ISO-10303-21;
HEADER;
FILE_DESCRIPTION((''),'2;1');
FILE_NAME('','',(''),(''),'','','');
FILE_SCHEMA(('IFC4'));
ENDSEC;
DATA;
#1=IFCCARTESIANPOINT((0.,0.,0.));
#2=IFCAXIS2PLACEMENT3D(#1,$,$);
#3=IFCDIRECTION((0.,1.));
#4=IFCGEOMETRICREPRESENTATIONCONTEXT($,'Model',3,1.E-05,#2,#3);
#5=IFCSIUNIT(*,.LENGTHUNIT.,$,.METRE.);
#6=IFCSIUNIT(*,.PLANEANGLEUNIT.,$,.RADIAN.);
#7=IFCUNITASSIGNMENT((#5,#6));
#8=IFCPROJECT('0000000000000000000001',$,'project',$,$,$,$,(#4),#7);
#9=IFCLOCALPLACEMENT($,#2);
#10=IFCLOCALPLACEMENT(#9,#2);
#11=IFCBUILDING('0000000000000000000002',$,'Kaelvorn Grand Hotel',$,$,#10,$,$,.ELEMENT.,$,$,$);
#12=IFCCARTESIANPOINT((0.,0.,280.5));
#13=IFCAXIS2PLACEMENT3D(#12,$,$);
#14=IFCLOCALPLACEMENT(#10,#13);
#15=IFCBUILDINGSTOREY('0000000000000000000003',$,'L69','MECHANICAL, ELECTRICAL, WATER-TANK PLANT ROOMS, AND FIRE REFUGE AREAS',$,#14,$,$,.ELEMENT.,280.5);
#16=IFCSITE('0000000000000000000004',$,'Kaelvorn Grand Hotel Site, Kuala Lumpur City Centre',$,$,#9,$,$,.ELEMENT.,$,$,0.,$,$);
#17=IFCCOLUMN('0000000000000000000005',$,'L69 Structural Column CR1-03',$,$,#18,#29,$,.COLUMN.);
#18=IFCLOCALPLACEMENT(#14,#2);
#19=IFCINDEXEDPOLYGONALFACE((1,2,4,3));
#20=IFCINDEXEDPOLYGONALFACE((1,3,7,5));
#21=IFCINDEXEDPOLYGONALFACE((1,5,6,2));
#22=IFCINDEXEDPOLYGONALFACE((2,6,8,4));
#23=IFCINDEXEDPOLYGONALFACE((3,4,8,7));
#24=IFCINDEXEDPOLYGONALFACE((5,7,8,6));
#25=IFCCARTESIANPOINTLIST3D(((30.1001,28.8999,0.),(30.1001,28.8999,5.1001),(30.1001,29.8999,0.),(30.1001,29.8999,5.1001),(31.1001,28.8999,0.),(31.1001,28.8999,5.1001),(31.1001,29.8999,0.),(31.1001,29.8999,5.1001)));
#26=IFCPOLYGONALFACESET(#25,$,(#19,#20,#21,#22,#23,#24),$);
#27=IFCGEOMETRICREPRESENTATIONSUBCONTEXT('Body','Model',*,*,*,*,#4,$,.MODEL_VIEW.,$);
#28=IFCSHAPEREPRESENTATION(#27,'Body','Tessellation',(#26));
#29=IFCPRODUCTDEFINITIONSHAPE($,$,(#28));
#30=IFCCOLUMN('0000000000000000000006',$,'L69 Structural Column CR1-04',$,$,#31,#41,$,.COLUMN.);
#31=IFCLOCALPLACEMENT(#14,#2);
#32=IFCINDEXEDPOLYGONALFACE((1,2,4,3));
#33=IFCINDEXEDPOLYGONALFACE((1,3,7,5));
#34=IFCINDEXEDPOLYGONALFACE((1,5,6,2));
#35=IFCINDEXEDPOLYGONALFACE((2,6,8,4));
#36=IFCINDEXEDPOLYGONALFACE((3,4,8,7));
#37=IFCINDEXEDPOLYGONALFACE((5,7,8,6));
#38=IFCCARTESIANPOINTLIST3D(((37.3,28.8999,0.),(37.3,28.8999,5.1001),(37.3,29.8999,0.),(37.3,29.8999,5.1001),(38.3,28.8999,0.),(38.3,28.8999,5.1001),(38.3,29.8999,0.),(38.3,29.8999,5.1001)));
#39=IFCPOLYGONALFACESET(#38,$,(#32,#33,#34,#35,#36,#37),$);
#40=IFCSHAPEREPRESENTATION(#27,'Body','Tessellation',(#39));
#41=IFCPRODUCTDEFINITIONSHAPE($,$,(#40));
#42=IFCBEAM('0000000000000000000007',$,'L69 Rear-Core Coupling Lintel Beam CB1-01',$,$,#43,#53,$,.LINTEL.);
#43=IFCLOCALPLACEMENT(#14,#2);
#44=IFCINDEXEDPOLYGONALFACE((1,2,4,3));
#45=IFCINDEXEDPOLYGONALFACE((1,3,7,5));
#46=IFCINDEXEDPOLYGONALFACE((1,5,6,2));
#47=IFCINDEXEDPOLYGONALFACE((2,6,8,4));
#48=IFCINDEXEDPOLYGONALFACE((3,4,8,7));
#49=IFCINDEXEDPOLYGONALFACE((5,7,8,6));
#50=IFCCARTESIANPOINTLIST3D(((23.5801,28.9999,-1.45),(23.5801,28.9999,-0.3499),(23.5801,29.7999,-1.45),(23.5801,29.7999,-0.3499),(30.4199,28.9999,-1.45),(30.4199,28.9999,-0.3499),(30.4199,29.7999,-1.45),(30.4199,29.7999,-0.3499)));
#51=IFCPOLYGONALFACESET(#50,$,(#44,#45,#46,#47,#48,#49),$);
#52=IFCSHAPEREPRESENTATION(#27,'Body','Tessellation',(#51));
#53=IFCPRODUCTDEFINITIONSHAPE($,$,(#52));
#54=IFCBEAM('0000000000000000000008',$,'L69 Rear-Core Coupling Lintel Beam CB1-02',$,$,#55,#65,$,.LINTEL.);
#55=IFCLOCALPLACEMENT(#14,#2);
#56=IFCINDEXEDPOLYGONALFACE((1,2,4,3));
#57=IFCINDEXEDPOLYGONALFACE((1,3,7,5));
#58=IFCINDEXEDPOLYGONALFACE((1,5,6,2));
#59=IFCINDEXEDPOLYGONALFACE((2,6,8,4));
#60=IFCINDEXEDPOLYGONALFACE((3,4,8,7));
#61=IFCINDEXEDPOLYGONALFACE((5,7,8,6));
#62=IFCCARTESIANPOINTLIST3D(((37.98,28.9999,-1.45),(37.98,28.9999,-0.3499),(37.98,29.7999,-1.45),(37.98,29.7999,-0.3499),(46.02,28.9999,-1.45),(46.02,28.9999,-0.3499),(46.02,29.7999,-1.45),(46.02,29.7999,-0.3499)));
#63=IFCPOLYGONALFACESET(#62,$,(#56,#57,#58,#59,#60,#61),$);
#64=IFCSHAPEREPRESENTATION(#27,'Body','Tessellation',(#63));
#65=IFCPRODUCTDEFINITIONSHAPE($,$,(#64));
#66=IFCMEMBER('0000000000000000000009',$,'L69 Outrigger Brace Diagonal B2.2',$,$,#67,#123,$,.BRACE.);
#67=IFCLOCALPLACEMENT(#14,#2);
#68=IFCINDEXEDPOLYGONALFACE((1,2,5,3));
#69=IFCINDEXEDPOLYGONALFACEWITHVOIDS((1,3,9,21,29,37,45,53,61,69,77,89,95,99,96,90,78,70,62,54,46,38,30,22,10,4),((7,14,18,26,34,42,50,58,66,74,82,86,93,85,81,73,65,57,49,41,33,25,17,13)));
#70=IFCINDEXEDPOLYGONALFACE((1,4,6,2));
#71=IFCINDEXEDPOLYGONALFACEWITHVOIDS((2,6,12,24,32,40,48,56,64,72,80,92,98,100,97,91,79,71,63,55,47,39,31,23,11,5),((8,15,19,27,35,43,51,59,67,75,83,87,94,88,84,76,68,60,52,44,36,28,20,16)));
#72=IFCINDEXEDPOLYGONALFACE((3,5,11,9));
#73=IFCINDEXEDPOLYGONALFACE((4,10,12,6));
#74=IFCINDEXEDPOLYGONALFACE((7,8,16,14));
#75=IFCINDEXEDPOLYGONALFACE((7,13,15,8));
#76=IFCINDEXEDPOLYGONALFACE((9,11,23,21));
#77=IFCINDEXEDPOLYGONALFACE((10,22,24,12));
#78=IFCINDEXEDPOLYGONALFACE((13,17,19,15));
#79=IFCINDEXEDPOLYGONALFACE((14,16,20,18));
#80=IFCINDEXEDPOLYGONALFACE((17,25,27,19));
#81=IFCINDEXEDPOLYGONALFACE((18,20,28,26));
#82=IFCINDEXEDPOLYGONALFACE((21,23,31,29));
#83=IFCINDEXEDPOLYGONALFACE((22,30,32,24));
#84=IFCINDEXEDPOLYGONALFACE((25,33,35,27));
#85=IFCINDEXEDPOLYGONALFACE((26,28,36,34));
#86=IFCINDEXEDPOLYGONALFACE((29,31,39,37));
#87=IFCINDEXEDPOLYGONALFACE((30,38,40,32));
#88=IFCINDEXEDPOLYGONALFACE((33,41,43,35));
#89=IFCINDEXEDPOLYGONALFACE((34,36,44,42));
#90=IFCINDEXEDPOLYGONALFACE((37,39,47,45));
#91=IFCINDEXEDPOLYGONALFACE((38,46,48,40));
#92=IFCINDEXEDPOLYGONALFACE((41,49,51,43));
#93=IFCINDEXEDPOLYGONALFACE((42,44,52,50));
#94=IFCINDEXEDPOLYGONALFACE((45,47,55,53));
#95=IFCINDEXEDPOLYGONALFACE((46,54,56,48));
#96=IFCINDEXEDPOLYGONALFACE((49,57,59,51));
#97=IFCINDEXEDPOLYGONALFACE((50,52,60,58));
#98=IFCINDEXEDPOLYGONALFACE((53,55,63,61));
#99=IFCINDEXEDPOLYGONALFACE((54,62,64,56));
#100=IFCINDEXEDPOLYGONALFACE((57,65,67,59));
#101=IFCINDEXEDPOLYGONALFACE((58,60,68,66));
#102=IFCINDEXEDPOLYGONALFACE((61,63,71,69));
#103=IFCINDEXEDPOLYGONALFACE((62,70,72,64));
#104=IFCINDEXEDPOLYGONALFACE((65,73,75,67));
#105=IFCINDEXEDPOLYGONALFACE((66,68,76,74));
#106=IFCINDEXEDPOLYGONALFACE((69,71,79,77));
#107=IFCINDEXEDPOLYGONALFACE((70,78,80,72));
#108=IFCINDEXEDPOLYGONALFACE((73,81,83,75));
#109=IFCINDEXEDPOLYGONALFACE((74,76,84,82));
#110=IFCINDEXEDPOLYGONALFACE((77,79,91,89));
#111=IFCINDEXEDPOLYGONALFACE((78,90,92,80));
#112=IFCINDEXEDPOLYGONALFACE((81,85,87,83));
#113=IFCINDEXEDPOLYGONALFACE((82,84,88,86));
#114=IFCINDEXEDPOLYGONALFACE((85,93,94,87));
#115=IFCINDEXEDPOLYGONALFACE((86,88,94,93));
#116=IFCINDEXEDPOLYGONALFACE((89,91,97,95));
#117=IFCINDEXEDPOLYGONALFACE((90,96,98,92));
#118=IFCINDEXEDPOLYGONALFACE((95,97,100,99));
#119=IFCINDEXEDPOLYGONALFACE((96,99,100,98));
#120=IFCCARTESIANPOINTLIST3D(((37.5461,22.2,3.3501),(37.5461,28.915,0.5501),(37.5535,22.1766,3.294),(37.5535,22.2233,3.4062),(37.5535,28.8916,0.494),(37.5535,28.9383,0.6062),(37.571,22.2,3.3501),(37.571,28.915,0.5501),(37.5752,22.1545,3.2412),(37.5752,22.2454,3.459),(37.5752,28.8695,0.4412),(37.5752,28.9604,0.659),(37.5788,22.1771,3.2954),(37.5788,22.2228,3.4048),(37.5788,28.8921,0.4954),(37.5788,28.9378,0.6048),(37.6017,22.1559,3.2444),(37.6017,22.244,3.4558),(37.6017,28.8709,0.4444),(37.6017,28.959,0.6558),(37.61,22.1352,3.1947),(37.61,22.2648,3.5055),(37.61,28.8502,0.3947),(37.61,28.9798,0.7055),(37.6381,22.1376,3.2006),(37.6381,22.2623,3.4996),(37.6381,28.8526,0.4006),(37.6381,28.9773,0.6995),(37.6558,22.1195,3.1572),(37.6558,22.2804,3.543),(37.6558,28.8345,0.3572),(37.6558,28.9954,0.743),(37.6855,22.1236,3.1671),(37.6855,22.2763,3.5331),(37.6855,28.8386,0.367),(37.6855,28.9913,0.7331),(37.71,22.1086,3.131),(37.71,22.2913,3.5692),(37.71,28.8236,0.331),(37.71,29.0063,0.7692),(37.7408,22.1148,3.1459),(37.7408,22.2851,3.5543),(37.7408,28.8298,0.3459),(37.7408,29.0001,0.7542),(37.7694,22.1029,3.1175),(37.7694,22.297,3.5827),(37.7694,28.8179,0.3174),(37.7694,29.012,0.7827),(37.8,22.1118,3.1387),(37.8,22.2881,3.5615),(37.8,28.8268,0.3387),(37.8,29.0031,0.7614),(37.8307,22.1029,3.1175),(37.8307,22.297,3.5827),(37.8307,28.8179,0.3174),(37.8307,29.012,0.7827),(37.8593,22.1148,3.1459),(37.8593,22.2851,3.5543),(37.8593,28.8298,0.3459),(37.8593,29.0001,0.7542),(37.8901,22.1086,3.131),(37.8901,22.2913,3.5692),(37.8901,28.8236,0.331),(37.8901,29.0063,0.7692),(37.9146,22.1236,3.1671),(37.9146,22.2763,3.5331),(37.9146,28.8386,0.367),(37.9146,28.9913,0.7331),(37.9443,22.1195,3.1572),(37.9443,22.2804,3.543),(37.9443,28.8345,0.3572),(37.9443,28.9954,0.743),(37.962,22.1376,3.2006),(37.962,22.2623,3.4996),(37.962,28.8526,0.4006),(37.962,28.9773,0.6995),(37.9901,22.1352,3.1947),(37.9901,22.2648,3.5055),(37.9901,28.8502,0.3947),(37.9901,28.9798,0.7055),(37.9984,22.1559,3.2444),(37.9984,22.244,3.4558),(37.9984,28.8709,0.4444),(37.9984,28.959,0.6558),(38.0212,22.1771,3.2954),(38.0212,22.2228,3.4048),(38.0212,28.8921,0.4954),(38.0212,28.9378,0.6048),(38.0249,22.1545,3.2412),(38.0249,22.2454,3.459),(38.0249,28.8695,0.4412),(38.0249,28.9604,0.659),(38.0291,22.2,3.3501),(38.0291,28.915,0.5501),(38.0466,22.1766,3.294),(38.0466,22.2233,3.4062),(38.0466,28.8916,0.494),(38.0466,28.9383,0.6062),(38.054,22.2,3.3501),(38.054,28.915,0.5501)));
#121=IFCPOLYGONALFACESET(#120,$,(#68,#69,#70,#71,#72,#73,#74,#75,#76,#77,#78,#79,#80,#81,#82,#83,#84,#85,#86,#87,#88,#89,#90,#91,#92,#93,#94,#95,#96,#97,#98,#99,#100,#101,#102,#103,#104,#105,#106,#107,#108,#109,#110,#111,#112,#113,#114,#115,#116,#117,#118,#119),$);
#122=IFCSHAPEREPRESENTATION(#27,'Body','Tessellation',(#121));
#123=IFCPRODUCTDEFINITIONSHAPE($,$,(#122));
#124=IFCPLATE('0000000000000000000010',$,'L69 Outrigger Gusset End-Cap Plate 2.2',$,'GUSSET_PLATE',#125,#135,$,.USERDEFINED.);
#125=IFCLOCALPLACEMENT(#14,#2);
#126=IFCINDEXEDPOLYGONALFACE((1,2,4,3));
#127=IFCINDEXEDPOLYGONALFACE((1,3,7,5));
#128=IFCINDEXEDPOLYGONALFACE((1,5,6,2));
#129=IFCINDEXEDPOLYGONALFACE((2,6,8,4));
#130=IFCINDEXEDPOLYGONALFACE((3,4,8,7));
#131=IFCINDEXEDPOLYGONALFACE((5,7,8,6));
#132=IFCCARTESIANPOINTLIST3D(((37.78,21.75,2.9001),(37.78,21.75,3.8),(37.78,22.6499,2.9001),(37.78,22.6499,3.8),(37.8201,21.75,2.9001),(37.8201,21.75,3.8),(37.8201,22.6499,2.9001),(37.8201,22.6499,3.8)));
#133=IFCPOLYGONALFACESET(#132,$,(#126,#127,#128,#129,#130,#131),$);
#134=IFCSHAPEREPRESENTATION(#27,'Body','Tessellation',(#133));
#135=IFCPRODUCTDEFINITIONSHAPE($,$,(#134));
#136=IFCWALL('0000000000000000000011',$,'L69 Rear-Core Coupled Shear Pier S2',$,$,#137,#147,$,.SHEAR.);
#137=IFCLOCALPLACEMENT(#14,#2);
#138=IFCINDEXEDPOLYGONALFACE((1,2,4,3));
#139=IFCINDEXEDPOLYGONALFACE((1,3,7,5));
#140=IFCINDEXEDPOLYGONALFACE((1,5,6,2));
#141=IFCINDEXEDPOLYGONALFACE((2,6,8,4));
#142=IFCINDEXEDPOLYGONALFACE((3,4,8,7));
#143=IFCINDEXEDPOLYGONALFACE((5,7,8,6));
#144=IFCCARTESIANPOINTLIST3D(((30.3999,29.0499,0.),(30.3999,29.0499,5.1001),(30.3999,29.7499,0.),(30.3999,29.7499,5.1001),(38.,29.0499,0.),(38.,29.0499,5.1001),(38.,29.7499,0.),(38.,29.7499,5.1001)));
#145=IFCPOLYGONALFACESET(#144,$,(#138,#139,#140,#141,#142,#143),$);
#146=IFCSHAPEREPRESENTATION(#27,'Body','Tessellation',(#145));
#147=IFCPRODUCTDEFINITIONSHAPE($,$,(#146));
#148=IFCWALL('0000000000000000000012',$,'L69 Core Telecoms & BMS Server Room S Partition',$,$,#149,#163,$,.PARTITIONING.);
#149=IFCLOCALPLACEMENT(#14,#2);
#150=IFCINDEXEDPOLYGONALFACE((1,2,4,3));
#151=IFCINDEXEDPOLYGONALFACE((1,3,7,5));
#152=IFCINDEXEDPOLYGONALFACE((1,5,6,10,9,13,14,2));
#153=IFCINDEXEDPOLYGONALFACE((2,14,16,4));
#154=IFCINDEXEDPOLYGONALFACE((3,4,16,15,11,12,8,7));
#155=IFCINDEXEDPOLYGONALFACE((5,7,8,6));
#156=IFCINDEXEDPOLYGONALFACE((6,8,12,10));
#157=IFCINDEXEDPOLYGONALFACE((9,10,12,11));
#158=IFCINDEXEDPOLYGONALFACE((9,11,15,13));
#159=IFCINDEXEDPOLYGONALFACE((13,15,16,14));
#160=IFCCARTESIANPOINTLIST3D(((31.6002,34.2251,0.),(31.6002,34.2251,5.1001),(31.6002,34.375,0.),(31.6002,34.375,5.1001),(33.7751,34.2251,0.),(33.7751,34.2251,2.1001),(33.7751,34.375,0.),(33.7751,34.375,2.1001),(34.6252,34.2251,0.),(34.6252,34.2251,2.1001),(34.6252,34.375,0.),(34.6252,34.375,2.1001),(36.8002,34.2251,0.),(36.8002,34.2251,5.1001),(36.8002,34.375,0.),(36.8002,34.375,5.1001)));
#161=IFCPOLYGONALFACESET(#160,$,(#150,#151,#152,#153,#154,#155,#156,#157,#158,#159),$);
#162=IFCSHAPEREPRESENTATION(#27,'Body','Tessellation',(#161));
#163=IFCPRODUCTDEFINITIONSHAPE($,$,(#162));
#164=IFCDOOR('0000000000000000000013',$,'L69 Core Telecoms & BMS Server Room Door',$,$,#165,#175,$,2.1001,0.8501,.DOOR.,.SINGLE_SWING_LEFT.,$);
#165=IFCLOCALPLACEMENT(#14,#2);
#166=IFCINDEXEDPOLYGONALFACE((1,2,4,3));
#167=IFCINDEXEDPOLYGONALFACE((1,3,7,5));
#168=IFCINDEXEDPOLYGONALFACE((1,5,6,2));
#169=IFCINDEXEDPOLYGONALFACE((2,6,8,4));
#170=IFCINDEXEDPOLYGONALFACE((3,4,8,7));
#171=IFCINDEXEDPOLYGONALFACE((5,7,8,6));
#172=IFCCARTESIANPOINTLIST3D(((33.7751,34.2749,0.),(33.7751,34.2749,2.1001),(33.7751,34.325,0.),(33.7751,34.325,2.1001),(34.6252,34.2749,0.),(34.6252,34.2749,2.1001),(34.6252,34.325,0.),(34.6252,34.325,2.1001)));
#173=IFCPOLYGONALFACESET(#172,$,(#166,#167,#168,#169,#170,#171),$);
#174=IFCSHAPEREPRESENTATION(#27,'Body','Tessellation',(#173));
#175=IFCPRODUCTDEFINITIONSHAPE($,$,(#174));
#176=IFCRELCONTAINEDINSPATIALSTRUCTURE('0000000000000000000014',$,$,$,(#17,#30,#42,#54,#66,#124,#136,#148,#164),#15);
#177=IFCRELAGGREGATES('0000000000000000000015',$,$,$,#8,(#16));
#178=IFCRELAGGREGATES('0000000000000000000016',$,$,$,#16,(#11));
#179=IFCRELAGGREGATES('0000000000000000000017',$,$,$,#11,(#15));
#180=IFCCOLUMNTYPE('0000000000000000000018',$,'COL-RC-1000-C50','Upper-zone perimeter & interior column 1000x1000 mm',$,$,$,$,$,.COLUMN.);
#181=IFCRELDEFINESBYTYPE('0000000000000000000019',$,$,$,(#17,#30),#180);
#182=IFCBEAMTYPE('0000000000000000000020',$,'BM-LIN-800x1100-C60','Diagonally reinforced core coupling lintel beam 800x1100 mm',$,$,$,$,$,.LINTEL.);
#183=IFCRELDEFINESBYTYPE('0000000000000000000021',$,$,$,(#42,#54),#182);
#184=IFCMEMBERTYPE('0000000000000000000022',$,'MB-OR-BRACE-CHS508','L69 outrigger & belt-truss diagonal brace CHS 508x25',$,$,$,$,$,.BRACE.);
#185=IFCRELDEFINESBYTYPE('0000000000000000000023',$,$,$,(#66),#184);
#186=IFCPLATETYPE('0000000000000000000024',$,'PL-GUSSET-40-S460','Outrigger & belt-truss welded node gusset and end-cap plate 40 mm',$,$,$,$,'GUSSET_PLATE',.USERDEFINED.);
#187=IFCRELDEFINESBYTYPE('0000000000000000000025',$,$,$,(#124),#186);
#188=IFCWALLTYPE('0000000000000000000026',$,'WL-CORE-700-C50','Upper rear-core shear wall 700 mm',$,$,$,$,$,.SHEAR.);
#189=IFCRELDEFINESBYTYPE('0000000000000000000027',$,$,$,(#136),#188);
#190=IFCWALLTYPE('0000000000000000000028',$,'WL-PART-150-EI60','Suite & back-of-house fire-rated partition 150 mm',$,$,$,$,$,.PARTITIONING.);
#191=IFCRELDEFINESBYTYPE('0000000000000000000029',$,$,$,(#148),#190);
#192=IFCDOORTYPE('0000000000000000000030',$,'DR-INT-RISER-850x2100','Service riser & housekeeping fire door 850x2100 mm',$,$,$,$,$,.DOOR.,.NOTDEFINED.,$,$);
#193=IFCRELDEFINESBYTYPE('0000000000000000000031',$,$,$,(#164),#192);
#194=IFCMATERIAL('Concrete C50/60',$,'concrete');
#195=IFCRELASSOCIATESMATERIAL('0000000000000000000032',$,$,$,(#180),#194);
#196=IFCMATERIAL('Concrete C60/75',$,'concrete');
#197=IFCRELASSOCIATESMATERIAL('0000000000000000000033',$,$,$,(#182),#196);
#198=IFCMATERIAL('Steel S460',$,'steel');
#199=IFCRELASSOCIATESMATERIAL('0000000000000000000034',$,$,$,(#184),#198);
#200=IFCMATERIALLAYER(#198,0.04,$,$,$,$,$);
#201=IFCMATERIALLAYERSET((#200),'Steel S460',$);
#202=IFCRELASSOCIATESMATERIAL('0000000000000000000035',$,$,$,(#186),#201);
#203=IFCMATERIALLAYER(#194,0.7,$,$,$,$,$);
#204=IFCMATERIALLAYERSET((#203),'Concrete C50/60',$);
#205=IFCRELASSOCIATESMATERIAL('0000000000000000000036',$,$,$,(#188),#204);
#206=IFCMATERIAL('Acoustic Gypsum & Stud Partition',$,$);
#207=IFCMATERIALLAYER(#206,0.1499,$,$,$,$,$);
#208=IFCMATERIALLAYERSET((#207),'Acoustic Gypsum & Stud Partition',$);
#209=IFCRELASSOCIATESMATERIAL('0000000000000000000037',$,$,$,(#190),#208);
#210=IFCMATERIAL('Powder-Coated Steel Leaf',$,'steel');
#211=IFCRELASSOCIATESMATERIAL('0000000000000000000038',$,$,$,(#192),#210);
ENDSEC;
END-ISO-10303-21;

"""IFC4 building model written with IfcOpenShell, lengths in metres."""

from ifc_helpers import new_model, si_unit, direction, frame, frame_2d, origin, origin_2d, place, context, subcontext, project, spatial, rectangle, hollow_circle, extrude, material, layer, layer_set, material_profile, profile_set, type_object, element, fill, save


model = new_model("IFC4")

# Units and contexts
model_context = context("Model", 3, precision=1e-05, world=origin(), true_north=direction((0.0, 1.0)))
body_context = subcontext(model_context, "Body", "Model", "MODEL_VIEW")
ifc_project = project(units=[si_unit("LENGTHUNIT", "METRE"), si_unit("PLANEANGLEUNIT", "RADIAN")], contexts=[model_context])

# Site, building, storey
site_placement = place(None, origin())
site = spatial("IfcSite", under=ifc_project, at=site_placement, Name="Kaelvorn Grand Hotel Site, Kuala Lumpur City Centre", CompositionType="ELEMENT", RefElevation=0.0)
building_placement = place(site_placement, origin())
building = spatial("IfcBuilding", under=site, at=building_placement, Name="Kaelvorn Grand Hotel", CompositionType="ELEMENT")
storey_placement = place(building_placement, frame((0.0, 0.0, 280.5)))
storey = spatial("IfcBuildingStorey", under=building, at=storey_placement, Name="L69", Description="MECHANICAL, ELECTRICAL, WATER-TANK PLANT ROOMS, AND FIRE REFUGE AREAS", CompositionType="ELEMENT", Elevation=280.5)

# Columns
ifc_material_1 = material(Name="Concrete C50/60", Category="concrete")
ifc_material_profile_1 = material_profile(ifc_material_1, rectangle(XDim=1.0, YDim=1.0, at=origin_2d()), Name="RC COL 1000x1000")
ifc_profile_set_1 = profile_set([ifc_material_profile_1], Name="Concrete C50/60")
column_type = type_object("IfcColumnType", Name="COL-RC-1000-C50", Description="Upper-zone perimeter & interior column 1000x1000 mm", PredefinedType="COLUMN", material=ifc_profile_set_1)
for number, where, z_axis, x_axis, name in (
    (1, (30.6001, 29.3999, 0.0), (0.0, 0.0, 1.0), (1.0, 0.0, 0.0), "L69 Structural Column CR1-03"),
    (2, (37.8, 29.3999, 0.0), (0.0, 0.0, 1.0), (1.0, 0.0, 0.0), "L69 Structural Column CR1-04"),
):
    element("IfcColumn", number, at=place(storey_placement, frame(where, z_axis=z_axis, x_axis=x_axis)), inside=storey, type_object=column_type, Name=name, PredefinedType="COLUMN", context=body_context, shape_type="SweptSolid", body=[
        extrude(rectangle(XDim=1.0, YDim=1.0, at=origin_2d()), origin(), (0.0, 0.0, 1.0), 5.1001),
    ])

# Beams
ifc_material_2 = material(Name="Concrete C60/75", Category="concrete")
ifc_material_profile_2 = material_profile(ifc_material_2, rectangle(XDim=0.8, YDim=1.1001, at=origin_2d()), Name="RC LINTEL 800x1100")
ifc_profile_set_2 = profile_set([ifc_material_profile_2], Name="Concrete C60/75")
beam_type = type_object("IfcBeamType", Name="BM-LIN-800x1100-C60", Description="Diagonally reinforced core coupling lintel beam 800x1100 mm", PredefinedType="LINTEL", material=ifc_profile_set_2)
beam_1_placement = place(storey_placement, frame((23.5801, 29.3999, -0.8999), z_axis=(1.0, 0.0, 0.0), x_axis=(0.0, 1.0, 0.0)))
element("IfcBeam", 3, at=beam_1_placement, inside=storey, type_object=beam_type, Name="L69 Rear-Core Coupling Lintel Beam CB1-01", PredefinedType="LINTEL", context=body_context, shape_type="SweptSolid", body=[
    extrude(rectangle(XDim=0.8, YDim=1.1001, at=origin_2d()), origin(), (0.0, 0.0, 1.0), 6.8398),
])
beam_2_placement = place(storey_placement, frame((37.98, 29.3999, -0.8999), z_axis=(1.0, 0.0, 0.0), x_axis=(0.0, 1.0, 0.0)))
element("IfcBeam", 4, at=beam_2_placement, inside=storey, type_object=beam_type, Name="L69 Rear-Core Coupling Lintel Beam CB1-02", PredefinedType="LINTEL", context=body_context, shape_type="SweptSolid", body=[
    extrude(rectangle(XDim=0.8, YDim=1.1001, at=origin_2d()), origin(), (0.0, 0.0, 1.0), 8.04),
])

# Member
ifc_material_3 = material(Name="Steel S460", Category="steel")
ifc_material_profile_3 = material_profile(ifc_material_3, hollow_circle(Radius=0.2539, WallThickness=0.0249, at=origin_2d()), Name="CHS 508.0x25.0")
ifc_profile_set_3 = profile_set([ifc_material_profile_3], Name="Steel S460")
member_type = type_object("IfcMemberType", Name="MB-OR-BRACE-CHS508", Description="L69 outrigger & belt-truss diagonal brace CHS 508x25", PredefinedType="BRACE", material=ifc_profile_set_3)
member_placement = place(storey_placement, frame((37.8, 22.2, 3.3501), z_axis=(0.0, 0.922975, -0.384861), x_axis=(-1.0, 0.0, 0.0)))
element("IfcMember", 5, at=member_placement, inside=storey, type_object=member_type, Name="L69 Outrigger Brace Diagonal B2.2", PredefinedType="BRACE", context=body_context, shape_type="SweptSolid", body=[
    extrude(hollow_circle(Radius=0.2539, WallThickness=0.0249, at=origin_2d()), origin(), (0.0, 0.0, 1.0), 7.2754),
])

# Plate
ifc_layer_1 = layer(ifc_material_3, 0.04)
ifc_layer_set_1 = layer_set([ifc_layer_1], Name="Steel S460")
plate_type = type_object("IfcPlateType", Name="PL-GUSSET-40-S460", Description="Outrigger & belt-truss welded node gusset and end-cap plate 40 mm", ElementType="GUSSET_PLATE", PredefinedType="USERDEFINED", material=ifc_layer_set_1)
plate_placement = place(storey_placement, frame((37.8, 22.2, 2.9001), z_axis=(0.0, 0.0, 1.0), x_axis=(1.0, 0.0, 0.0)))
element("IfcPlate", 6, at=plate_placement, inside=storey, type_object=plate_type, Name="L69 Outrigger Gusset End-Cap Plate 2.2", ObjectType="GUSSET_PLATE", PredefinedType="USERDEFINED", context=body_context, shape_type="SweptSolid", body=[
    extrude(rectangle(XDim=0.04, YDim=0.8999, at=origin_2d()), origin(), (0.0, 0.0, 1.0), 0.8999),
])

# Wall
ifc_layer_2 = layer(ifc_material_1, 0.7)
ifc_layer_set_2 = layer_set([ifc_layer_2], Name="Concrete C50/60")
wall_type_1 = type_object("IfcWallType", Name="WL-CORE-700-C50", Description="Upper rear-core shear wall 700 mm", PredefinedType="SHEAR", material=ifc_layer_set_2)
wall_1_placement = place(storey_placement, frame((30.3999, 29.3999, 0.0), z_axis=(0.0, 0.0, 1.0), x_axis=(1.0, 0.0, 0.0)))
element("IfcWall", 7, at=wall_1_placement, inside=storey, type_object=wall_type_1, Name="L69 Rear-Core Coupled Shear Pier S2", PredefinedType="SHEAR", context=body_context, shape_type="SweptSolid", body=[
    extrude(rectangle(XDim=7.6001, YDim=0.7, at=frame_2d((3.8, 0.0))), origin(), (0.0, 0.0, 1.0), 5.1001),
])

# Wall, opening, door
ifc_material_4 = material(Name="Acoustic Gypsum & Stud Partition")
ifc_layer_3 = layer(ifc_material_4, 0.1499)
ifc_layer_set_3 = layer_set([ifc_layer_3], Name="Acoustic Gypsum & Stud Partition")
wall_type_2 = type_object("IfcWallType", Name="WL-PART-150-EI60", Description="Suite & back-of-house fire-rated partition 150 mm", PredefinedType="PARTITIONING", material=ifc_layer_set_3)
wall_2_placement = place(storey_placement, frame((31.6001, 34.3, 0.0), z_axis=(0.0, 0.0, 1.0), x_axis=(1.0, 0.0, 0.0)))
wall_2 = element("IfcWall", 8, at=wall_2_placement, inside=storey, type_object=wall_type_2, Name="L69 Core Telecoms & BMS Server Room S Partition", PredefinedType="PARTITIONING", context=body_context, shape_type="SweptSolid", body=[
    extrude(rectangle(XDim=5.2, YDim=0.1499, at=frame_2d((2.6001, 0.0))), origin(), (0.0, 0.0, 1.0), 5.1001),
])
opening_1_placement = place(wall_2_placement, frame((2.175, 0.0, 0.0)))
opening_1 = element("IfcOpeningElement", 9, at=opening_1_placement, cuts=wall_2, PredefinedType="OPENING", context=body_context, shape_type="SweptSolid", body=[
    extrude(rectangle(XDim=0.8501, YDim=2.1001, at=frame_2d((0.425, 1.05))), frame((0.0, 0.085, 0.0), z_axis=(0.0, -1.0, 0.0), x_axis=(1.0, 0.0, 0.0)), (0.0, 0.0, 1.0), 0.1699),
])
ifc_material_5 = material(Name="Powder-Coated Steel Leaf", Category="steel")
door_type_1 = type_object("IfcDoorType", Name="DR-INT-RISER-850x2100", Description="Service riser & housekeeping fire door 850x2100 mm", OperationType="NOTDEFINED", PredefinedType="DOOR", material=ifc_material_5)
door_1_placement = place(opening_1_placement, origin())
door_1 = element("IfcDoor", 10, at=door_1_placement, inside=storey, type_object=door_type_1, Name="L69 Core Telecoms & BMS Server Room Door", OperationType="SINGLE_SWING_LEFT", OverallHeight=2.1001, OverallWidth=0.8501, PredefinedType="DOOR", context=body_context, shape_type="SweptSolid", body=[
    extrude(rectangle(XDim=0.8501, YDim=2.1001, at=frame_2d((0.425, 1.05))), frame((0.0, 0.0249, 0.0), z_axis=(0.0, -1.0, 0.0), x_axis=(1.0, 0.0, 0.0)), (0.0, 0.0, 1.0), 0.05),
])
fill(opening_1, door_1)

save(model, "model.ifc")
